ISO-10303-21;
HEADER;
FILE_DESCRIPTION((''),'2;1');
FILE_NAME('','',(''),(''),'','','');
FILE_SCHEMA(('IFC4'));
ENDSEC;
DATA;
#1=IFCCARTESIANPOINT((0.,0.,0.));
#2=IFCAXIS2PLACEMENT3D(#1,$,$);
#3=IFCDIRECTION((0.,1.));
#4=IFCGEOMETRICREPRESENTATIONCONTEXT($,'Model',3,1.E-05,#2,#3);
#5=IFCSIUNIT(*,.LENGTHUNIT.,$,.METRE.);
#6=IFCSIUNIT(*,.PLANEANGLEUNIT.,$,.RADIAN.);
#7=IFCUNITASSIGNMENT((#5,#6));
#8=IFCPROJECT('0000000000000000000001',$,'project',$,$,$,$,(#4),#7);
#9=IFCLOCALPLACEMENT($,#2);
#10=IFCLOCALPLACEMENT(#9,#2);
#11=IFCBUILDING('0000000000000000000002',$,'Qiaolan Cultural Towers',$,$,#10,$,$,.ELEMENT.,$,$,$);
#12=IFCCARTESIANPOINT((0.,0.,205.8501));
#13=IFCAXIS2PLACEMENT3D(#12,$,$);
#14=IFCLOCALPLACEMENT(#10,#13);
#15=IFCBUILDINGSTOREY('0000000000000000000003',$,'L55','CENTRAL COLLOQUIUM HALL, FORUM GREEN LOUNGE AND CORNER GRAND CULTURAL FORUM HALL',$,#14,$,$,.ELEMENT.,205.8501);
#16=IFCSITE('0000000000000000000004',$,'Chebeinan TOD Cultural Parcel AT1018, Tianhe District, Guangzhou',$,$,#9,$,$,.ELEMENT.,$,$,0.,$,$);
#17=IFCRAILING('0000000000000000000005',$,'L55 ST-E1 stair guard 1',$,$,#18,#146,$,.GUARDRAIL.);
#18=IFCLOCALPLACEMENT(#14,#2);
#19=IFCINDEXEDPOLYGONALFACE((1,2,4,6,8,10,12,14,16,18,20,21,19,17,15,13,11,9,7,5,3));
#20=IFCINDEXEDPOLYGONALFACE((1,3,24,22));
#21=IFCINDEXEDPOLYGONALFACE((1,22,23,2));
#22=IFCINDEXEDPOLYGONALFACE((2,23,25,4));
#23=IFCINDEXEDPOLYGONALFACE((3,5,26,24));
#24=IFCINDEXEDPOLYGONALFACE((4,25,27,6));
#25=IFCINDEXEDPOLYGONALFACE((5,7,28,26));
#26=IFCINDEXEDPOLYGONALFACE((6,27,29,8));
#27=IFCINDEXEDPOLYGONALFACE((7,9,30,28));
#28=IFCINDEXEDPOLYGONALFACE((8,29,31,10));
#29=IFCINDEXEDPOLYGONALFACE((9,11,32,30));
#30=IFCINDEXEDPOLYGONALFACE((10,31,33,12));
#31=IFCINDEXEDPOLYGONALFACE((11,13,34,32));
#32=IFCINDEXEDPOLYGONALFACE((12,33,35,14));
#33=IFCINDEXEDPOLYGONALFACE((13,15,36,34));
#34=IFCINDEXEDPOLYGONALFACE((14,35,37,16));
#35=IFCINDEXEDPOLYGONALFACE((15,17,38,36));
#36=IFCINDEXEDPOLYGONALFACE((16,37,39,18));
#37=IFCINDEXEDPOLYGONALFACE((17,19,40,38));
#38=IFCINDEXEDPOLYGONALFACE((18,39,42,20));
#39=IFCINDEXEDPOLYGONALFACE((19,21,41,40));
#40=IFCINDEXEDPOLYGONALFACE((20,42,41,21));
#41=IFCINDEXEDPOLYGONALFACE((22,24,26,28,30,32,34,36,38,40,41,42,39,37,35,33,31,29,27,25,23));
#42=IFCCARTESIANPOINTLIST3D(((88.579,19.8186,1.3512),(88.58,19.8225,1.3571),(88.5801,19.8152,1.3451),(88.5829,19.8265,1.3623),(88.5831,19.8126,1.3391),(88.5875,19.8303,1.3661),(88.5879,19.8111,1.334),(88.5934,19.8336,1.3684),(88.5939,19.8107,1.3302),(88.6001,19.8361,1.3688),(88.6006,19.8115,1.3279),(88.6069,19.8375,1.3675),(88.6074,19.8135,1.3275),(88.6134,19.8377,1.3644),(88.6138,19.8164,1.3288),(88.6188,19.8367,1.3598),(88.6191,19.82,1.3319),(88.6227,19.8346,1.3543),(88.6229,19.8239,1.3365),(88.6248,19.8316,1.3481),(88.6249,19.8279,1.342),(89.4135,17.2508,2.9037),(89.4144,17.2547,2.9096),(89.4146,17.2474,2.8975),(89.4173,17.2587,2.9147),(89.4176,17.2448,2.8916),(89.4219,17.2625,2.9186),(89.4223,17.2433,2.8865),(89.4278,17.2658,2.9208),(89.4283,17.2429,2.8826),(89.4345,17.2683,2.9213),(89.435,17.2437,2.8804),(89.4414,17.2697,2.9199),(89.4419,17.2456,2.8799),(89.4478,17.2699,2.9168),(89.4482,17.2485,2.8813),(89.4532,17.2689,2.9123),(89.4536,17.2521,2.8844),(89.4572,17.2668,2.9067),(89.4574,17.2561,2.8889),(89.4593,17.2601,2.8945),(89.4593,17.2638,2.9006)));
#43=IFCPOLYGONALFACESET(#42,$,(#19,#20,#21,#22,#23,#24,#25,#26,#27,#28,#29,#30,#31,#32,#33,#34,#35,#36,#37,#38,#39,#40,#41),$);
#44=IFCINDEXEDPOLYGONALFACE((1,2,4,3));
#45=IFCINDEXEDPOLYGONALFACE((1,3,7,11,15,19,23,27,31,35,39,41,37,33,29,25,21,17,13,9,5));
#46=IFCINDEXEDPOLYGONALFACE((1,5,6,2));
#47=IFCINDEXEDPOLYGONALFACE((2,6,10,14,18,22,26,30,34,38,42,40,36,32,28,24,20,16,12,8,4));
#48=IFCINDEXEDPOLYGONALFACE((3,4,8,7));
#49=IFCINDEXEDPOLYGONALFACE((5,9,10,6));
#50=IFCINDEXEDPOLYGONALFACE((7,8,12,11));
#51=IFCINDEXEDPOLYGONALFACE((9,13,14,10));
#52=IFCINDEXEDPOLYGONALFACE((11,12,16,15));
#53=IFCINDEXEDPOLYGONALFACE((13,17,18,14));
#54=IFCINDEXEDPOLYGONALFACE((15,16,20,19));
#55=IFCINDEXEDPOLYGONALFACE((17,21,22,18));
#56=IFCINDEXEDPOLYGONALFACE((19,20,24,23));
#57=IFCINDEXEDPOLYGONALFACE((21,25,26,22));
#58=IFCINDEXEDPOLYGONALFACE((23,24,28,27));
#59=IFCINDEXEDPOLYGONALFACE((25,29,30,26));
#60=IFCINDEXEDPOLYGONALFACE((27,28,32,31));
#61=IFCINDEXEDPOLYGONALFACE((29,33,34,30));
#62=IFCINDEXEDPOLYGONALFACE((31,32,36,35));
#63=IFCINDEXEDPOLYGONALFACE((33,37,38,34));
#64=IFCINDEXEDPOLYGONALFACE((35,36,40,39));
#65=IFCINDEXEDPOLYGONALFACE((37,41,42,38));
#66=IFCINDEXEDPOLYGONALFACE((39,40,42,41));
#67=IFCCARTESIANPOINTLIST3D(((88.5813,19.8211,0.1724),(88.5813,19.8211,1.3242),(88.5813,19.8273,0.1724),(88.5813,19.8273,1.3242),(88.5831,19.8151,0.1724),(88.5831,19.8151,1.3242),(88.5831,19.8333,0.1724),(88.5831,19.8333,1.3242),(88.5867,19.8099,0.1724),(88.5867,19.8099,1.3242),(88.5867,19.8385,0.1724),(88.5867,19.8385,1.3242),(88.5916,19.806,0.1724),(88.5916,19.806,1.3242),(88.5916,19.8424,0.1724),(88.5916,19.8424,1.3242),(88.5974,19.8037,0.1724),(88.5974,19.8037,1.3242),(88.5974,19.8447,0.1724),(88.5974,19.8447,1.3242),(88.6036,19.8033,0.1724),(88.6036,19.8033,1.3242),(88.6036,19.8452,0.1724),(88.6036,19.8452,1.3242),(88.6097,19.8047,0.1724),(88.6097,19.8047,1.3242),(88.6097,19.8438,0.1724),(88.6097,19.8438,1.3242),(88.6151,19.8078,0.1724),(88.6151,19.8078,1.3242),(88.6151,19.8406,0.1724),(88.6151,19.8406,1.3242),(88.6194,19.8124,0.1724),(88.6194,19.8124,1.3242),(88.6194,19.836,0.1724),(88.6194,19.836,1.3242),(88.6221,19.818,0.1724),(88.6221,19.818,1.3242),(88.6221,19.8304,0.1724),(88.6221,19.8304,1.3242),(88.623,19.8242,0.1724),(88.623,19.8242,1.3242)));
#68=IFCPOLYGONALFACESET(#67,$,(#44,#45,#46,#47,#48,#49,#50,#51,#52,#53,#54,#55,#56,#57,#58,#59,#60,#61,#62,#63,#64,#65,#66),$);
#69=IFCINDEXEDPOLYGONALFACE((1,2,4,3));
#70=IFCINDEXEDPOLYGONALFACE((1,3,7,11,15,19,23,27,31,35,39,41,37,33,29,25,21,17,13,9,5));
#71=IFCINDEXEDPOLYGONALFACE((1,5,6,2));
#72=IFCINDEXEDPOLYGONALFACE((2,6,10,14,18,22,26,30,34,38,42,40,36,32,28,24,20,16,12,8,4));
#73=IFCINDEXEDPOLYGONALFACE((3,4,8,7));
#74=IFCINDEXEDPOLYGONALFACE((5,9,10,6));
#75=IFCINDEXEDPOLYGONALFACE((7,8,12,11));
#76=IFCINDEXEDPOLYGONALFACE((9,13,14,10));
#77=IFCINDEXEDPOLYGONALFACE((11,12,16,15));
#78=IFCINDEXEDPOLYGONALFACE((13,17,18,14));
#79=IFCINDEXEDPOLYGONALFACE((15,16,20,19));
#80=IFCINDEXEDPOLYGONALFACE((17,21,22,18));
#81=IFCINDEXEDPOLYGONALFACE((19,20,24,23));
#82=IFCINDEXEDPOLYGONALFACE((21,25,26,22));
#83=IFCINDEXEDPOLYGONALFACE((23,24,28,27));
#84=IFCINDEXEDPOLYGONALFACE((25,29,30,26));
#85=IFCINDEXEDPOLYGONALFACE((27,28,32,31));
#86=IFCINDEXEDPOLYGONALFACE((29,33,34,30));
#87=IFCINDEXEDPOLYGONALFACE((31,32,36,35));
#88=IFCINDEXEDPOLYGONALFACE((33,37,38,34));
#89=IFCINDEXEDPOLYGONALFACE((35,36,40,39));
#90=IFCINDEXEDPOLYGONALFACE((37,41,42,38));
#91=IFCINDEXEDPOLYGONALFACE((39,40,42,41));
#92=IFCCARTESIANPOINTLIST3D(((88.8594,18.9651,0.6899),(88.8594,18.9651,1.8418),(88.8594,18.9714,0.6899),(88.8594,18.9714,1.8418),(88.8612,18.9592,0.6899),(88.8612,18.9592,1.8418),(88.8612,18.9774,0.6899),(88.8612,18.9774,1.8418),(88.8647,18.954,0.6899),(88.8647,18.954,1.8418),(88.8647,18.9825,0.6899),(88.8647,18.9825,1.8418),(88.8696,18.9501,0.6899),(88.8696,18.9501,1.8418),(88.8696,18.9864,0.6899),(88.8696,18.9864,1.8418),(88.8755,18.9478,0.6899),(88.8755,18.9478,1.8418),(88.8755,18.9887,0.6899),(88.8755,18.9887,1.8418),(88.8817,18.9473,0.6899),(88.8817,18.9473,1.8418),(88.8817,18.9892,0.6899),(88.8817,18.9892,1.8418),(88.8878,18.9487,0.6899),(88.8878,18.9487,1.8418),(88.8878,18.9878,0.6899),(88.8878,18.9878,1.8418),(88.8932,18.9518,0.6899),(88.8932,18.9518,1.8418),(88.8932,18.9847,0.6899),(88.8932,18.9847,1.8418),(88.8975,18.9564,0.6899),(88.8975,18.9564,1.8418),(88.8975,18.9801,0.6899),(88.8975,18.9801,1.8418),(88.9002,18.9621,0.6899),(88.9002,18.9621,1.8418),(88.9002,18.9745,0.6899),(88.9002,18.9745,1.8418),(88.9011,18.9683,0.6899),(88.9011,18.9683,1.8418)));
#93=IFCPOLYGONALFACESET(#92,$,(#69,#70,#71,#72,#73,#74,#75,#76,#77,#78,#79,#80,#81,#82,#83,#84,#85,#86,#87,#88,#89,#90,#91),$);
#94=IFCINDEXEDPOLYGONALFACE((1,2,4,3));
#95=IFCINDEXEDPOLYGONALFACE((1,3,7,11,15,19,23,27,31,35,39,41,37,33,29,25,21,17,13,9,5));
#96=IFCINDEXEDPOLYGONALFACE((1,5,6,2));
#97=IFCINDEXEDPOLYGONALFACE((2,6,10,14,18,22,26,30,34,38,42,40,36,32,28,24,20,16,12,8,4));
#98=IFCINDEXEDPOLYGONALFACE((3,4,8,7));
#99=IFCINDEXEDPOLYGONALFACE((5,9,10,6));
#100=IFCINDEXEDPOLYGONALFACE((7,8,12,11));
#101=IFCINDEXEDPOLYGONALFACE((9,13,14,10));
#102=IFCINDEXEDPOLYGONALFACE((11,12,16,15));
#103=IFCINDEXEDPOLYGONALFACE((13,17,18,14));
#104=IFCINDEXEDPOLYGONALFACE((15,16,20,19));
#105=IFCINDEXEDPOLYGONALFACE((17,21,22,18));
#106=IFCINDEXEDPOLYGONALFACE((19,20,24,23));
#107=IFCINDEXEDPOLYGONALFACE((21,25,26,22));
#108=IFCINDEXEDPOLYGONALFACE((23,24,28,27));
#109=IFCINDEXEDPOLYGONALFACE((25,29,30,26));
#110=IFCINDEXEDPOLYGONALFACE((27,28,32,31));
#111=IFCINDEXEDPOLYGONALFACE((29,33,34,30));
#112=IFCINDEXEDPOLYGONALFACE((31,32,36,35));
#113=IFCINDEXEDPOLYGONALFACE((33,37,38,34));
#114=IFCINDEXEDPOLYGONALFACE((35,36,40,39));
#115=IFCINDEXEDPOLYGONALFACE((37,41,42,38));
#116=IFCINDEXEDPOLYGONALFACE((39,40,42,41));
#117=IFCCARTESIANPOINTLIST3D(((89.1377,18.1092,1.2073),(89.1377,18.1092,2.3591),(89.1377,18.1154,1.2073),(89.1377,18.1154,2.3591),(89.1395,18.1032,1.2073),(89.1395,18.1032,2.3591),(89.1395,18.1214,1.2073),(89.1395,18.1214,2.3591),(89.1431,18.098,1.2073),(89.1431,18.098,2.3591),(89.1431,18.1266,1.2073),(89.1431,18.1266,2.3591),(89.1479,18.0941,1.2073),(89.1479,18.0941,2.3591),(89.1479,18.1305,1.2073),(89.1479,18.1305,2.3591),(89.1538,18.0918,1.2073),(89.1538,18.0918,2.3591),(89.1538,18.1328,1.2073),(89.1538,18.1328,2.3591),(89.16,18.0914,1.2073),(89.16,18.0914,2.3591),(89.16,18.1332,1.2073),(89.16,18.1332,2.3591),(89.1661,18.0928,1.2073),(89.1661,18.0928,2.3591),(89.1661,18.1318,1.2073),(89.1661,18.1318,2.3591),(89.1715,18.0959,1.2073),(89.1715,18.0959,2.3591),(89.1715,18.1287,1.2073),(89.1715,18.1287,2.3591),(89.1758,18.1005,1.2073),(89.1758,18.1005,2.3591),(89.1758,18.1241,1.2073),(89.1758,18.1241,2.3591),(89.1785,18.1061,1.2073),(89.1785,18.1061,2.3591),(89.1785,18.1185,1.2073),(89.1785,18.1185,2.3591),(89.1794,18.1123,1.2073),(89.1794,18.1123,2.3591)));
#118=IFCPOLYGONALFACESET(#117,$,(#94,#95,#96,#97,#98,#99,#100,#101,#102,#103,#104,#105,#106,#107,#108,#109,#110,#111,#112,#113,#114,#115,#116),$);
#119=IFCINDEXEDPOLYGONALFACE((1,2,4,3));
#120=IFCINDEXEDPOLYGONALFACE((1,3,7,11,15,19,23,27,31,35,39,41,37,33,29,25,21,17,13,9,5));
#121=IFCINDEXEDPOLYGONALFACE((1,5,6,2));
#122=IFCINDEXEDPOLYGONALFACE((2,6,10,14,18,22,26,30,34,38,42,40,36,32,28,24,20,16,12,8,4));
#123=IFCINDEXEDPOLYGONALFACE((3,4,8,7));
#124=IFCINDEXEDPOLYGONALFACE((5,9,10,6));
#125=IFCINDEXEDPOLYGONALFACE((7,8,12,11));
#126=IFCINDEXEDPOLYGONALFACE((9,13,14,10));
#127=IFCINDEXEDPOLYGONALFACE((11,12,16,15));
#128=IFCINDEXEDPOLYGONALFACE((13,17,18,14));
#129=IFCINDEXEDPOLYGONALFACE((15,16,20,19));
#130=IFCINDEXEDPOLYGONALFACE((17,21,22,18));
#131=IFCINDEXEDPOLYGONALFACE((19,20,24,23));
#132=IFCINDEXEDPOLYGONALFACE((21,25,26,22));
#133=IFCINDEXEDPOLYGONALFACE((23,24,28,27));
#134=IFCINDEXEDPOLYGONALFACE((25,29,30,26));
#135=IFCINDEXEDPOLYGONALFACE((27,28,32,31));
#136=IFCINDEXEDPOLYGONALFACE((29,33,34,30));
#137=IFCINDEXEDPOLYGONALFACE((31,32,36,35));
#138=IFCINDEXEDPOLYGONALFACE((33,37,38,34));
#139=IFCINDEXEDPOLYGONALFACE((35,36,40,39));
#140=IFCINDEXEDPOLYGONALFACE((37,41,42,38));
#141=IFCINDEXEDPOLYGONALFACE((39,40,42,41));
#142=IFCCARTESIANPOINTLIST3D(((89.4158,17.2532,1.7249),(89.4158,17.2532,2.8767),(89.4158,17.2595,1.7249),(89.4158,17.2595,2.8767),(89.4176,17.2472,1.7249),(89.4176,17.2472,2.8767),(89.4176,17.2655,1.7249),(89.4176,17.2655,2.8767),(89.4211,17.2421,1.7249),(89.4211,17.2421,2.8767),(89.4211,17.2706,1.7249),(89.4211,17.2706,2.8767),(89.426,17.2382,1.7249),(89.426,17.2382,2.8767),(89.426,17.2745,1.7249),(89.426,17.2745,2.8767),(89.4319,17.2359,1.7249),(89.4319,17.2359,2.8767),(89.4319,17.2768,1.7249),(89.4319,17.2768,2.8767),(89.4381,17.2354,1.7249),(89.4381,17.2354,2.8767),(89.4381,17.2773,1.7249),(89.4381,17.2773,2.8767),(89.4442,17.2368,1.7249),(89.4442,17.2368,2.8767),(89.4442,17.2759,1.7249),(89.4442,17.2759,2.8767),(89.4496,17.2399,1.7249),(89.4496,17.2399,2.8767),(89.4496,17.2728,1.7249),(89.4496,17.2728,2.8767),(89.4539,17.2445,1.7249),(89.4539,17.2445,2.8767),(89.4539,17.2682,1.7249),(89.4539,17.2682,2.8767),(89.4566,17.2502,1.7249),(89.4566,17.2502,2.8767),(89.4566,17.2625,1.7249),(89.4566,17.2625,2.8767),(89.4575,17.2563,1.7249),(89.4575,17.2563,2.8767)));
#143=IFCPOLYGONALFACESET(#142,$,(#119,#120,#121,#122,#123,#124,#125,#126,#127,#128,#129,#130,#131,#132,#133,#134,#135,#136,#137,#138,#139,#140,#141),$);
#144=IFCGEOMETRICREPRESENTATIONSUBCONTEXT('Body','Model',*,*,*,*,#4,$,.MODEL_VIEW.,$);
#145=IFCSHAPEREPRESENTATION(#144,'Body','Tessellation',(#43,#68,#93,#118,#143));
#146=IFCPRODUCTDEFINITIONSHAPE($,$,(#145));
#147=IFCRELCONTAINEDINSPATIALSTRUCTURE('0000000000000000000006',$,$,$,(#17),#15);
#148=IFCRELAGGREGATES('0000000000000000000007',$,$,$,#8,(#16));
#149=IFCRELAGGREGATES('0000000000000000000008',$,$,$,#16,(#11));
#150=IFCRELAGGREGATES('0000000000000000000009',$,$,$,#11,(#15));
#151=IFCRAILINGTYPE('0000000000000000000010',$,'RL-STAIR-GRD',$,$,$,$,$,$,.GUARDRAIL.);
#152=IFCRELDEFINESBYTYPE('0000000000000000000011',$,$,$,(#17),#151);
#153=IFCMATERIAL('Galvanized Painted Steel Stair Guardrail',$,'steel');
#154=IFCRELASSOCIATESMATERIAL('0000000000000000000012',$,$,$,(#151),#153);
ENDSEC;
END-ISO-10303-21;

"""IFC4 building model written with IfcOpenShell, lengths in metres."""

from ifc_helpers import new_model, si_unit, direction, frame, origin, origin_2d, place, context, subcontext, project, spatial, circle, extrude, material, type_object, element, save


model = new_model("IFC4")

# Units and contexts
model_context = context("Model", 3, precision=1e-05, world=origin(), true_north=direction((0.0, 1.0)))
body_context = subcontext(model_context, "Body", "Model", "MODEL_VIEW")
ifc_project = project(units=[si_unit("LENGTHUNIT", "METRE"), si_unit("PLANEANGLEUNIT", "RADIAN")], contexts=[model_context])

# Site, building, storey
site_placement = place(None, origin())
site = spatial("IfcSite", under=ifc_project, at=site_placement, Name="Chebeinan TOD Cultural Parcel AT1018, Tianhe District, Guangzhou", CompositionType="ELEMENT", RefElevation=0.0)
building_placement = place(site_placement, origin())
building = spatial("IfcBuilding", under=site, at=building_placement, Name="Qiaolan Cultural Towers", CompositionType="ELEMENT")
storey_placement = place(building_placement, frame((0.0, 0.0, 205.8501)))
storey = spatial("IfcBuildingStorey", under=building, at=storey_placement, Name="L55", Description="CENTRAL COLLOQUIUM HALL, FORUM GREEN LOUNGE AND CORNER GRAND CULTURAL FORUM HALL", CompositionType="ELEMENT", Elevation=205.8501)

# Railing
ifc_material_1 = material(Name="Galvanized Painted Steel Stair Guardrail", Category="steel")
railing_type_1 = type_object("IfcRailingType", Name="RL-STAIR-GRD", PredefinedType="GUARDRAIL", material=ifc_material_1)
railing_1_placement = place(storey_placement, frame((88.6021, 19.8242, 0.1724)))
element("IfcRailing", 1, at=railing_1_placement, inside=storey, type_object=railing_type_1, Name="L55 ST-E1 stair guard 1", PredefinedType="GUARDRAIL", context=body_context, shape_type="SweptSolid", body=[
    extrude(circle(Radius=0.0239, at=origin_2d()), frame((0.0, 0.0, 1.1758), z_axis=(0.267926, -0.824471, 0.498461), x_axis=(0.951043, 0.309057, 0.0)), (0.0, 0.0, 1.0), 3.1145),
    extrude(circle(Radius=0.021, at=origin_2d()), origin(), (0.0, 0.0, 1.0), 1.1519),
    extrude(circle(Radius=0.021, at=origin_2d()), frame((0.2781, -0.856, 0.5176)), (0.0, 0.0, 1.0), 1.1519),
    extrude(circle(Radius=0.021, at=origin_2d()), frame((0.5564, -1.7119, 1.0349)), (0.0, 0.0, 1.0), 1.1519),
    extrude(circle(Radius=0.021, at=origin_2d()), frame((0.8345, -2.5679, 1.5525)), (0.0, 0.0, 1.0), 1.1519),
])

save(model, "model.ifc")
